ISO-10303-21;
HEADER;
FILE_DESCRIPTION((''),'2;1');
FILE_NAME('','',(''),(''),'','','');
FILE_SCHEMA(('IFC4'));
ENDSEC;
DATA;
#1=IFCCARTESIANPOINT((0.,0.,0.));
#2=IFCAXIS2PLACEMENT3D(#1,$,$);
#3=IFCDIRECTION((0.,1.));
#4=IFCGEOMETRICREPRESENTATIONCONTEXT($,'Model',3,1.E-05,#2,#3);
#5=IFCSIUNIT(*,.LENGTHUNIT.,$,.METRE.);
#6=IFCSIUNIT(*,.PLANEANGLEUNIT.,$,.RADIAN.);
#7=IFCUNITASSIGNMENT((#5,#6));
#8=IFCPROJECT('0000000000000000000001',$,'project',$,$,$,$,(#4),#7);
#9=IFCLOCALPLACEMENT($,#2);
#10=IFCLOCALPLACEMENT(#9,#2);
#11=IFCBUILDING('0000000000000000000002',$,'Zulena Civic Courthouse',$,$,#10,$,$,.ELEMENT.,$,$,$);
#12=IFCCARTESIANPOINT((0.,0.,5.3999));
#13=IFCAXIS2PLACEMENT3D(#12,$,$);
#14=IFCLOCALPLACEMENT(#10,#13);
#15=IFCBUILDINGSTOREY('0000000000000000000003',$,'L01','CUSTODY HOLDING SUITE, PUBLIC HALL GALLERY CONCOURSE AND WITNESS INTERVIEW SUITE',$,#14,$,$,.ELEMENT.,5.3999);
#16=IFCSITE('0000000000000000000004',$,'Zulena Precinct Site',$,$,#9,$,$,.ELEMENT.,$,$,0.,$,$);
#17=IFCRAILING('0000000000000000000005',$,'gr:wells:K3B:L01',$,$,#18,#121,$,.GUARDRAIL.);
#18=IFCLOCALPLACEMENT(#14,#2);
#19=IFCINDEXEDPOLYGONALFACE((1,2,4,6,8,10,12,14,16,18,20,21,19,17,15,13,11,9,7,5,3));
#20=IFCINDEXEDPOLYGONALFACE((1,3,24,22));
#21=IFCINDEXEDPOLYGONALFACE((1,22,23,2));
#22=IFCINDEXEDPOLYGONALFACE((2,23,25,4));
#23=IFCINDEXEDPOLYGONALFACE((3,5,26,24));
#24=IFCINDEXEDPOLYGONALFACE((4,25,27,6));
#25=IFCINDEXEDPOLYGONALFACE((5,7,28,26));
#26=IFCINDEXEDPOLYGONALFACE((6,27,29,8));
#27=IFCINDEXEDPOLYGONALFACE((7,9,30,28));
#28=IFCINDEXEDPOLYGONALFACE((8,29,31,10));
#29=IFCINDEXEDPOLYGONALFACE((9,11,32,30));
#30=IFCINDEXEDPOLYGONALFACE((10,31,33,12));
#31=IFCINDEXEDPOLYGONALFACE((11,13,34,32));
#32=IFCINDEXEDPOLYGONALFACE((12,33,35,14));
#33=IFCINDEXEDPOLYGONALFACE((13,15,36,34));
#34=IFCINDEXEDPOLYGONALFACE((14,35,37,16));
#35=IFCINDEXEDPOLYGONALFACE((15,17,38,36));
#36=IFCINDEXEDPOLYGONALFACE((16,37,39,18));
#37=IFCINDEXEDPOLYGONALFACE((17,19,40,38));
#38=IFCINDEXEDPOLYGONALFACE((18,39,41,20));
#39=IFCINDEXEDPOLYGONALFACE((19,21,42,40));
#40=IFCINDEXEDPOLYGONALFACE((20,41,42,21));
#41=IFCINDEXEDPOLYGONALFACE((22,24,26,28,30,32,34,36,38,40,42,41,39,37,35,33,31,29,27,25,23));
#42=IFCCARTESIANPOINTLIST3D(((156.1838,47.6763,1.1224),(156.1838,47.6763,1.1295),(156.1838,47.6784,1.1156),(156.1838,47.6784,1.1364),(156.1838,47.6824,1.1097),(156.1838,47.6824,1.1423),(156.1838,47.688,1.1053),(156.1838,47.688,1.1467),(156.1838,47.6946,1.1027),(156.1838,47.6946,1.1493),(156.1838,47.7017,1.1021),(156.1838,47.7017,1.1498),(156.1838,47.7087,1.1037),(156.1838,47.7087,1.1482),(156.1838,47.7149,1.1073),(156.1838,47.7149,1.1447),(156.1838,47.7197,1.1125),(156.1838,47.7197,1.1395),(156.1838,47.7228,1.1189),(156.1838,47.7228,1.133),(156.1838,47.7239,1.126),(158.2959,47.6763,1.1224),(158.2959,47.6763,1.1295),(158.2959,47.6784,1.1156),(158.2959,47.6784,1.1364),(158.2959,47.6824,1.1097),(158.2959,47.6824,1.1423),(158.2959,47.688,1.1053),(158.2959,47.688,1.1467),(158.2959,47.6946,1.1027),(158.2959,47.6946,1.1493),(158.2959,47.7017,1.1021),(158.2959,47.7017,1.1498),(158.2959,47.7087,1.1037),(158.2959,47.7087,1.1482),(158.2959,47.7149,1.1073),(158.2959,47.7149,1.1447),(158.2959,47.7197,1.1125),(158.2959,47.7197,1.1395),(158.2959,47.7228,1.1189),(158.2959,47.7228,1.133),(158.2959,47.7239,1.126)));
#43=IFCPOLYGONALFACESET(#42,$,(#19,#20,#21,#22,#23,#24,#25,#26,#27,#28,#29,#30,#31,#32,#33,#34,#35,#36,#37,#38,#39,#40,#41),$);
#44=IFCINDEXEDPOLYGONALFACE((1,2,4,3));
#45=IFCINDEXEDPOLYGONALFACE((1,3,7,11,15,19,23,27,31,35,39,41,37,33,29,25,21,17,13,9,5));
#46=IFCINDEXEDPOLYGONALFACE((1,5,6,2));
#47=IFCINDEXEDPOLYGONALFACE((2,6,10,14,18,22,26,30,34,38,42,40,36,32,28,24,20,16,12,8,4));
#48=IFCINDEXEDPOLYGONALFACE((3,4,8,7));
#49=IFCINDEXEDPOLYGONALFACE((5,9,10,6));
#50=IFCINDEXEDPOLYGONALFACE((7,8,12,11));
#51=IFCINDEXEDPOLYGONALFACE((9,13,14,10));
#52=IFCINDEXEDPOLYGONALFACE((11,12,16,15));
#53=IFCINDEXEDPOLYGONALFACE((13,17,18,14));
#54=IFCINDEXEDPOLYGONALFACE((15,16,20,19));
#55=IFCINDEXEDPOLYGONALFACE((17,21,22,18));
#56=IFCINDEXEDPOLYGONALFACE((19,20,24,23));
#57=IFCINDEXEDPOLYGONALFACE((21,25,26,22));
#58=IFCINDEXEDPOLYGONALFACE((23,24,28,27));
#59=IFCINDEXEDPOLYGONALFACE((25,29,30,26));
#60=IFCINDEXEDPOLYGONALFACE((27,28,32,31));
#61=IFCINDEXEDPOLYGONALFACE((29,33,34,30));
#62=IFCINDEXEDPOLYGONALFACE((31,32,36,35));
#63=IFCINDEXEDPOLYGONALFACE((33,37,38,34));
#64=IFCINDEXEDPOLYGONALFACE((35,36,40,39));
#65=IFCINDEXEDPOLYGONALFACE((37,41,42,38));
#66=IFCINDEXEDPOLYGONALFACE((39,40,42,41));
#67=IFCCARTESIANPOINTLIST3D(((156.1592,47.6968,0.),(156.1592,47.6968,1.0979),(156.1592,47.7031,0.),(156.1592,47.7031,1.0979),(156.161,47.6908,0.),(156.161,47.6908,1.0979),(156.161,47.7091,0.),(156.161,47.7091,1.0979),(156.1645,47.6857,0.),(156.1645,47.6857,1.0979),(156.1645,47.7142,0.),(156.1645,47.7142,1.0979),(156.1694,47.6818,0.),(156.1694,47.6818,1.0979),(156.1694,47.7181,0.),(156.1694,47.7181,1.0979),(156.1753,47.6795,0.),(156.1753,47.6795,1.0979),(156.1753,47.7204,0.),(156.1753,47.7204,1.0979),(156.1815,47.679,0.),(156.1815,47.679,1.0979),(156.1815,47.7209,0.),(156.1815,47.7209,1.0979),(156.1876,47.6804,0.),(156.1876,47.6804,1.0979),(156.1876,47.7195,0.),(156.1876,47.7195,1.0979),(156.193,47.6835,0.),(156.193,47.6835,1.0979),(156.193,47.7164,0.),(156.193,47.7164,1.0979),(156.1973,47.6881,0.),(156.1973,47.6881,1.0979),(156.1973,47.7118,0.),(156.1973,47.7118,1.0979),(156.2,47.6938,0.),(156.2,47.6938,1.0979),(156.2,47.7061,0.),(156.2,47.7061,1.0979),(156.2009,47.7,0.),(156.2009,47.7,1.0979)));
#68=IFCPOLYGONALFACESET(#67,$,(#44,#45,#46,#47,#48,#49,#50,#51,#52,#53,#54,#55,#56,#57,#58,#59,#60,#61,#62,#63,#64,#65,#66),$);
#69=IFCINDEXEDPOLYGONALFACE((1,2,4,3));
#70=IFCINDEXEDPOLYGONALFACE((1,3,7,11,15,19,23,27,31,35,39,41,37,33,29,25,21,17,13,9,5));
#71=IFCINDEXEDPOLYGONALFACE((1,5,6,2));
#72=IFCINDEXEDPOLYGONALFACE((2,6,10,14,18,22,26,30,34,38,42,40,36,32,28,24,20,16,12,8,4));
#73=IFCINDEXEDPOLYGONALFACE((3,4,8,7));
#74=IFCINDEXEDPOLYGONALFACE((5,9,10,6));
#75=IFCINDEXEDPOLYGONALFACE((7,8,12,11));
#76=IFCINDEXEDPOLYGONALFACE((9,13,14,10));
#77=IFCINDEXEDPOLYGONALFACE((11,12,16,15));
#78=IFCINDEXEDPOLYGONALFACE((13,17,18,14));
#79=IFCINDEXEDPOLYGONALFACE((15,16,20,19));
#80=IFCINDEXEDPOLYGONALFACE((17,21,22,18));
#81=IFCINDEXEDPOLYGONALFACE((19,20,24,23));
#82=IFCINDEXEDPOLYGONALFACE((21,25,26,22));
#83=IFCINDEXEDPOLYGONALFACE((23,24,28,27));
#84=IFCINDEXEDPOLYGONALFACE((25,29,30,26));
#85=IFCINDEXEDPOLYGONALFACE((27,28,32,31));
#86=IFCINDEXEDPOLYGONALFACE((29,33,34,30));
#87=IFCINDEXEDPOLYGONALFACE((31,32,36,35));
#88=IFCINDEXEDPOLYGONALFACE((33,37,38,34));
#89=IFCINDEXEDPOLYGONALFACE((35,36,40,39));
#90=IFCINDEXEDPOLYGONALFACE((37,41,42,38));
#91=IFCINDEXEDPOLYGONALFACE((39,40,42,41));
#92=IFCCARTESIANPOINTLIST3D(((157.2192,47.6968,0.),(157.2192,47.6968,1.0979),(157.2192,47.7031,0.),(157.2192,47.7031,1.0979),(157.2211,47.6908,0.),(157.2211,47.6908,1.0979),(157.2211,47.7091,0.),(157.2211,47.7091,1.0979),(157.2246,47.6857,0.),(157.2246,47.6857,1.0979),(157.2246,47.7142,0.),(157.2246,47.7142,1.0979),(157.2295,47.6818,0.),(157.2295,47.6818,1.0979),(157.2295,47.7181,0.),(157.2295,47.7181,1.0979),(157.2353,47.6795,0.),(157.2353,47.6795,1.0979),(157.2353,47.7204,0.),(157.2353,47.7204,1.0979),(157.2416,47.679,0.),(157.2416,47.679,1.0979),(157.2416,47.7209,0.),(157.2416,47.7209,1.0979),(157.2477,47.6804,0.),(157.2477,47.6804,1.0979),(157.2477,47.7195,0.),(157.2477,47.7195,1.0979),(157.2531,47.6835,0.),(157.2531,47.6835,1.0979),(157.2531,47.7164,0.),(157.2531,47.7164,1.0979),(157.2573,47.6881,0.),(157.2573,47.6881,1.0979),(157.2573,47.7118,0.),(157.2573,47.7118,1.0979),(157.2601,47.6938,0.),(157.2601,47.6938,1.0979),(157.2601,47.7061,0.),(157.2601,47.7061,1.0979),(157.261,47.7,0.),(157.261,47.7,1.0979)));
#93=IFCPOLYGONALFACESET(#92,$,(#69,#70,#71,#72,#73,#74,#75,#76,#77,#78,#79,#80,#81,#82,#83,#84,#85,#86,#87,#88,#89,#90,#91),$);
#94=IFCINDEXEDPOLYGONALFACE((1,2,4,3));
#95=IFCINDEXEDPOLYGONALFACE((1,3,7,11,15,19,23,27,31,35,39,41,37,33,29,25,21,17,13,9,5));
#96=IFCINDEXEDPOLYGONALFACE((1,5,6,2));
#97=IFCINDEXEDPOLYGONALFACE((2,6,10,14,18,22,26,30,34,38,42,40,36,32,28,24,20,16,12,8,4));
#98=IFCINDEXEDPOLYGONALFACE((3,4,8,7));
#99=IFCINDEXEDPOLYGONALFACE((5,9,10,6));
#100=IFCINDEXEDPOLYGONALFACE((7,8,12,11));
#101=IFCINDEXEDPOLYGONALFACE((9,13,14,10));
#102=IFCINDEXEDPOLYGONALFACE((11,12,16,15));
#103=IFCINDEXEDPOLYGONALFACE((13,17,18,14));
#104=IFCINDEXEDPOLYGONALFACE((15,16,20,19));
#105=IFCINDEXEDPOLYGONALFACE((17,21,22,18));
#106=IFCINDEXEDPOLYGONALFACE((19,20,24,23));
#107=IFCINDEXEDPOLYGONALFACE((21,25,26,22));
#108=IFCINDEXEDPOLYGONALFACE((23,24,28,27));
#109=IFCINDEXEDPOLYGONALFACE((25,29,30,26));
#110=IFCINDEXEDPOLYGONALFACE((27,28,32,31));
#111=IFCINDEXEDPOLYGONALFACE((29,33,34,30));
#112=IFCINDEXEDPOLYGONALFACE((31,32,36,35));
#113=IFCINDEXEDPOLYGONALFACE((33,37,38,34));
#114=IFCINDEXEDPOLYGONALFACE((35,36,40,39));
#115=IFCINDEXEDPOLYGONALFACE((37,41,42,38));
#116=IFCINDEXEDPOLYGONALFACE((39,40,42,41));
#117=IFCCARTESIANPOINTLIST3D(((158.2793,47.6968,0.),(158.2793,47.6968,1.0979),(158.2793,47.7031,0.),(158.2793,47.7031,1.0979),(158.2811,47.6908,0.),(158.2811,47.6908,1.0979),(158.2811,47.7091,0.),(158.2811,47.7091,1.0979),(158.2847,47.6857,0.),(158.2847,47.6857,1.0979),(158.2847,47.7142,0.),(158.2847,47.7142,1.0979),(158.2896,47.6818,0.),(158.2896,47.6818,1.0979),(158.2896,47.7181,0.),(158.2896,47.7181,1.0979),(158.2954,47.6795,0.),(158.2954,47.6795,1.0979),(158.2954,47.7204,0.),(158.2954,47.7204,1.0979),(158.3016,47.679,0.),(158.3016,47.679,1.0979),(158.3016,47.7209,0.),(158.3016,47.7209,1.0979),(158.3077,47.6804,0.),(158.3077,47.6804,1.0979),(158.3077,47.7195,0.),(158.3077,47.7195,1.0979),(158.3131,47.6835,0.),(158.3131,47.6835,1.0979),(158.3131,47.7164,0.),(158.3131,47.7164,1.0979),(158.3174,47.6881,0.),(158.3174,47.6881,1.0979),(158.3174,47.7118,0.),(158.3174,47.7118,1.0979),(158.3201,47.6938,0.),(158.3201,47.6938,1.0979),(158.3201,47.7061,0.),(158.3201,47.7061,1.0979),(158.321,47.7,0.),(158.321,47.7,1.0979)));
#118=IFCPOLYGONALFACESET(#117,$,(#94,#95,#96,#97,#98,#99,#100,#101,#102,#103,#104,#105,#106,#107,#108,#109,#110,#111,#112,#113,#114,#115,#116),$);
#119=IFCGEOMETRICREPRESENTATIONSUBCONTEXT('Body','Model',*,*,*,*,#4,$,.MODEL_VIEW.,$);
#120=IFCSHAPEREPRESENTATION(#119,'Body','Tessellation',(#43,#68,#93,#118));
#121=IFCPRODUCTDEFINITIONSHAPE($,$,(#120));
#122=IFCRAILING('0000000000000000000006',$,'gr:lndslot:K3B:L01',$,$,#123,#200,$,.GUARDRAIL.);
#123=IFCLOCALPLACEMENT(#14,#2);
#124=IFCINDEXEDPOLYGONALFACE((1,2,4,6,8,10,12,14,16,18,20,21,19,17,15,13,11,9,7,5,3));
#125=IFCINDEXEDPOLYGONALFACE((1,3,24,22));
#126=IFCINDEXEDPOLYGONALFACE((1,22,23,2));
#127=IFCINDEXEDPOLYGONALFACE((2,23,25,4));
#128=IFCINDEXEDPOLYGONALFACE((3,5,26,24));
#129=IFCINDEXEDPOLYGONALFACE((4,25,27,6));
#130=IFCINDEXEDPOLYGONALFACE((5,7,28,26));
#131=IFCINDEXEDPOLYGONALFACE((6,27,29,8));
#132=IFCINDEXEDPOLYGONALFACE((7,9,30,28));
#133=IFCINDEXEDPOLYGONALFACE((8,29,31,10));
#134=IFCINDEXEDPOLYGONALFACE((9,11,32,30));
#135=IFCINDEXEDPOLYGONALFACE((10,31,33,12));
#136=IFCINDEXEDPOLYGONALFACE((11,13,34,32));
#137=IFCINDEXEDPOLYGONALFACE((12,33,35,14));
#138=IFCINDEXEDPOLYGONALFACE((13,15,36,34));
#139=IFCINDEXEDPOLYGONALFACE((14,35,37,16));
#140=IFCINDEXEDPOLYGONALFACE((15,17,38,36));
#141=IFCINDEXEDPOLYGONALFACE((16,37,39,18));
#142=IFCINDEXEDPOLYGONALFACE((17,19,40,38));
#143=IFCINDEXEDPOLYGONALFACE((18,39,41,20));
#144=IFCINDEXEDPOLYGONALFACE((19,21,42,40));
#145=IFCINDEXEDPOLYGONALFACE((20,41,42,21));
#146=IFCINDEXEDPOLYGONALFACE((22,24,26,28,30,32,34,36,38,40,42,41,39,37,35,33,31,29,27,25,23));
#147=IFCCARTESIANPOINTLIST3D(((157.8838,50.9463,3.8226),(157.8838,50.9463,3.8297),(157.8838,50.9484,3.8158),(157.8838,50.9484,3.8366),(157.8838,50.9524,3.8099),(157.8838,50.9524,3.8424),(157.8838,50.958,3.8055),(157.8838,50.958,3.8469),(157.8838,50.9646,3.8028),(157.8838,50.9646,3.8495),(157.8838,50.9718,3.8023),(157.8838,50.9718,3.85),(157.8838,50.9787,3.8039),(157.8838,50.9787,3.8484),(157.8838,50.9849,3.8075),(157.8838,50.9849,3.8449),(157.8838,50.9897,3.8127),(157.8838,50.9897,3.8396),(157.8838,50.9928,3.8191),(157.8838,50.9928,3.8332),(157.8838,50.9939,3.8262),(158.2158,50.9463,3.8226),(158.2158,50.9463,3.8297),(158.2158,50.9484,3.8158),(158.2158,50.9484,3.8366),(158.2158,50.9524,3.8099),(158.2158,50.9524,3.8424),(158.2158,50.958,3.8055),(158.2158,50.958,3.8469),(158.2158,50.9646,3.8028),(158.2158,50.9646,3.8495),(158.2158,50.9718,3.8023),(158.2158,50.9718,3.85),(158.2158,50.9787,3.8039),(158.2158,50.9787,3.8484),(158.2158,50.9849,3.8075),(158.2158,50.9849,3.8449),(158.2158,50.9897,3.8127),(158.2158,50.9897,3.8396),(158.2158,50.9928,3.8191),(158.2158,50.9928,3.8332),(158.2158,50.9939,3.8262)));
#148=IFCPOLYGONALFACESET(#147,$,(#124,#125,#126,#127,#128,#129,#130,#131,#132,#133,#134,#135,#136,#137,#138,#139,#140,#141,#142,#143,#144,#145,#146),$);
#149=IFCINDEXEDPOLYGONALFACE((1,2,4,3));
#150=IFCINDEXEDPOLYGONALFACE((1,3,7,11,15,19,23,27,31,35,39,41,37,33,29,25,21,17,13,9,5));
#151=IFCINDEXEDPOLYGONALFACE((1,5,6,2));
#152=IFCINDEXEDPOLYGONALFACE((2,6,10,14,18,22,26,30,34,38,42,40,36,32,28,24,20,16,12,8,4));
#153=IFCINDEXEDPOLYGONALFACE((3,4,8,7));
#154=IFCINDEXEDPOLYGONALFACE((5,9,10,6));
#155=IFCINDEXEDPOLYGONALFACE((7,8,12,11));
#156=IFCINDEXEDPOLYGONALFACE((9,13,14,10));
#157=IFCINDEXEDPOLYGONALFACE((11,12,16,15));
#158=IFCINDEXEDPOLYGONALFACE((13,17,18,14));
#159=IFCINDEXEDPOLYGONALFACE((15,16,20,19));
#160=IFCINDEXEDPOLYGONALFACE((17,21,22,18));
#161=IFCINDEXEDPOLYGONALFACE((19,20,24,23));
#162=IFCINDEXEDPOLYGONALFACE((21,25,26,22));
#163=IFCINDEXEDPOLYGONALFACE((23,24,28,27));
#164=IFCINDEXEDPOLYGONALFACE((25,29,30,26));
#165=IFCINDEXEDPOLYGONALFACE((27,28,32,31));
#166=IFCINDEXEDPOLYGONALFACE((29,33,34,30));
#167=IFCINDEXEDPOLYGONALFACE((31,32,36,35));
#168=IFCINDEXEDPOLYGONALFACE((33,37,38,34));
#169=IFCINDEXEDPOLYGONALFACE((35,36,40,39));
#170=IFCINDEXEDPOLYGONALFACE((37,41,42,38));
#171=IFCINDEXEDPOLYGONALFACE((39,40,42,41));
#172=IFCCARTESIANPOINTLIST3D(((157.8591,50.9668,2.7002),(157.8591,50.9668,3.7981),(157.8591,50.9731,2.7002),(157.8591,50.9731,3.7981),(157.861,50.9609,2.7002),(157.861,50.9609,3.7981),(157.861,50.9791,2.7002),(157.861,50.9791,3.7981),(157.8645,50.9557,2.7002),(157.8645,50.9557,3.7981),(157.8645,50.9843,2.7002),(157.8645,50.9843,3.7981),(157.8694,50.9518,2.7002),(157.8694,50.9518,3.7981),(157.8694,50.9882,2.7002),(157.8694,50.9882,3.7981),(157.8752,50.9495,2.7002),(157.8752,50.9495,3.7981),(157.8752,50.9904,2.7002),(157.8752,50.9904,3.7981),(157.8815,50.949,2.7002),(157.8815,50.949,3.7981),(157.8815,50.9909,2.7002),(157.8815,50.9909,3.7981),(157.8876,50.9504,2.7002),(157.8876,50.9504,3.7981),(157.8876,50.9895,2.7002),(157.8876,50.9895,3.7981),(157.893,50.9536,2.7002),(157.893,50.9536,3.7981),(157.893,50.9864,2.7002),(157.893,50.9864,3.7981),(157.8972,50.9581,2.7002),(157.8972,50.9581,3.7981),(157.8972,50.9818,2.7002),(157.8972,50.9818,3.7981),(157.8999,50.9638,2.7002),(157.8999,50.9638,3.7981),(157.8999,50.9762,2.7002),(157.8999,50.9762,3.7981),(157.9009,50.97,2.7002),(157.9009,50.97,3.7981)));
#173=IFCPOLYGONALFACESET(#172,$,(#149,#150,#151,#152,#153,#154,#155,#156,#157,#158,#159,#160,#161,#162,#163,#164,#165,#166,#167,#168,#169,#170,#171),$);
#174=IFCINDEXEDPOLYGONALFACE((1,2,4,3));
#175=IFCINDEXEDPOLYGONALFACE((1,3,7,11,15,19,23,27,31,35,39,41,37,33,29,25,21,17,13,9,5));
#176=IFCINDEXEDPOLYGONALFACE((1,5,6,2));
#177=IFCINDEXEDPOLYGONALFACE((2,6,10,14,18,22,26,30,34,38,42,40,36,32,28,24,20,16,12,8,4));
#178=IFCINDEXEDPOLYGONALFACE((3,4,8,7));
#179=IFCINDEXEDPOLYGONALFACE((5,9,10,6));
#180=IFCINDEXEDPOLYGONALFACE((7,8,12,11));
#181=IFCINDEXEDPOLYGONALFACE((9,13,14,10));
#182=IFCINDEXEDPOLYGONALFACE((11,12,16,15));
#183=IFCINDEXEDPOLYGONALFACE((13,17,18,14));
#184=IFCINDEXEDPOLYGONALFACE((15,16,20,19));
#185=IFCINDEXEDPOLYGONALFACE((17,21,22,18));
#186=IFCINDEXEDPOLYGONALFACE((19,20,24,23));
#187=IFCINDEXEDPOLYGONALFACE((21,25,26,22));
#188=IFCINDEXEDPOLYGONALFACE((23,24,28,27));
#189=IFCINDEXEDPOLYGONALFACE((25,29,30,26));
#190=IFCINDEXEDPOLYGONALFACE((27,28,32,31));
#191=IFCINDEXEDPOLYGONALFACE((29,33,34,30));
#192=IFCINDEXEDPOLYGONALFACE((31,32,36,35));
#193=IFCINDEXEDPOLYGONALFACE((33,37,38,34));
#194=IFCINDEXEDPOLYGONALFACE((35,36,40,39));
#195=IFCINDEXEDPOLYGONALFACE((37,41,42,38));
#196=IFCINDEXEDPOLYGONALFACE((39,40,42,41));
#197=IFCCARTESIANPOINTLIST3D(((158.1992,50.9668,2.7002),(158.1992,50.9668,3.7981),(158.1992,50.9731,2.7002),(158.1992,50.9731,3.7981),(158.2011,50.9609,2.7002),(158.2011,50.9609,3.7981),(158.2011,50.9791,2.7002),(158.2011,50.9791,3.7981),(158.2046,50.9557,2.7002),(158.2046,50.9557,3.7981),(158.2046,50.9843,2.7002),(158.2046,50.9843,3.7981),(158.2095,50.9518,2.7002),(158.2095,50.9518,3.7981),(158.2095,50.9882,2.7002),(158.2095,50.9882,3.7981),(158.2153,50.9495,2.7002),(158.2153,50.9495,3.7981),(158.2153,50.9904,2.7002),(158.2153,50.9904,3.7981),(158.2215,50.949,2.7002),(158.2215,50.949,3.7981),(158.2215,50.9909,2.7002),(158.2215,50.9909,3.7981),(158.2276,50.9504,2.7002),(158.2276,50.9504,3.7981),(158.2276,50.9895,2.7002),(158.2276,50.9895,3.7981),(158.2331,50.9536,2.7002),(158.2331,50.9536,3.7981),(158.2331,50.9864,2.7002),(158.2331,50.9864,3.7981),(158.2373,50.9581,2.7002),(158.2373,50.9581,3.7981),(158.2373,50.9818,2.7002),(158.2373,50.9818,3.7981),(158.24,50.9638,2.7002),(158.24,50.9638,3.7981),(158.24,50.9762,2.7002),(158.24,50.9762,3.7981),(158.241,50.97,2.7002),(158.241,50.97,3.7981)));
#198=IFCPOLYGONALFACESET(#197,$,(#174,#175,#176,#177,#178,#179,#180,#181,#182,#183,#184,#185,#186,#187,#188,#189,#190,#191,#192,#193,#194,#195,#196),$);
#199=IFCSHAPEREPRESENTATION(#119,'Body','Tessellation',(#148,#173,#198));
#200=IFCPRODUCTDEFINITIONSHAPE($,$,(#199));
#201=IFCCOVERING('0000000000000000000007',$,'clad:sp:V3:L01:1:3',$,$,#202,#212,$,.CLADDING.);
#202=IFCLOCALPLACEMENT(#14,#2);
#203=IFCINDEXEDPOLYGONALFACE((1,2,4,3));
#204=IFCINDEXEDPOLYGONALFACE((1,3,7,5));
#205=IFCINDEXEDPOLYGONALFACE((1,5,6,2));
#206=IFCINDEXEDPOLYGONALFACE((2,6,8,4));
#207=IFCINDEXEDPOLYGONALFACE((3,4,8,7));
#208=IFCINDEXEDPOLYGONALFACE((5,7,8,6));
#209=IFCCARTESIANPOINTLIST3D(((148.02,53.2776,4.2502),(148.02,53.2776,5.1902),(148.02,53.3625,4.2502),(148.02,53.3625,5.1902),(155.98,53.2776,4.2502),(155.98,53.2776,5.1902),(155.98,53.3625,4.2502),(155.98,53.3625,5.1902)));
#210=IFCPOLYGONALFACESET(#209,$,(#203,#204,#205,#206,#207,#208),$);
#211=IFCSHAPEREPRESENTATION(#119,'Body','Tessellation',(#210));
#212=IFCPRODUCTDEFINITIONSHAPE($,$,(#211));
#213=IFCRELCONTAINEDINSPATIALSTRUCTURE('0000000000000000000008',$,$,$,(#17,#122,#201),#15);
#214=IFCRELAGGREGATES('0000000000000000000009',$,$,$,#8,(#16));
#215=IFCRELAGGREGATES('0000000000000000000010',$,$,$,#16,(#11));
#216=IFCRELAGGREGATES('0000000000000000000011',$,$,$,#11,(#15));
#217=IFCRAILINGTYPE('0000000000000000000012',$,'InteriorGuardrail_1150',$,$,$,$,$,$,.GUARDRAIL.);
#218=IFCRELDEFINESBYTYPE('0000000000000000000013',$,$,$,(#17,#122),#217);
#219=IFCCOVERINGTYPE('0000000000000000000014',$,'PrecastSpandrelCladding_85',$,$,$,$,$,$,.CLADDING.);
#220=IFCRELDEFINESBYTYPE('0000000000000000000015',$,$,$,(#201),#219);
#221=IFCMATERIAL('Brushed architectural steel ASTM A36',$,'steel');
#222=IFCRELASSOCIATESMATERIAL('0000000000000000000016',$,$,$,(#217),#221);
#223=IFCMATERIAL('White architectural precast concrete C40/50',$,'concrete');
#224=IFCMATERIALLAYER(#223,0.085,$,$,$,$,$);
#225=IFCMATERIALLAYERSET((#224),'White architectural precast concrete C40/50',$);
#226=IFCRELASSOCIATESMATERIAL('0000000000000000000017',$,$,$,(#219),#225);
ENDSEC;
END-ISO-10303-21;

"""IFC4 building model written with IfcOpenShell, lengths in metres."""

from ifc_helpers import new_model, si_unit, direction, frame, origin, origin_2d, place, context, subcontext, project, spatial, rectangle, circle, extrude, material, layer, layer_set, type_object, element, save


model = new_model("IFC4")

# Units and contexts
model_context = context("Model", 3, precision=1e-05, world=origin(), true_north=direction((0.0, 1.0)))
body_context = subcontext(model_context, "Body", "Model", "MODEL_VIEW")
ifc_project = project(units=[si_unit("LENGTHUNIT", "METRE"), si_unit("PLANEANGLEUNIT", "RADIAN")], contexts=[model_context])

# Site, building, storey
site_placement = place(None, origin())
site = spatial("IfcSite", under=ifc_project, at=site_placement, Name="Zulena Precinct Site", CompositionType="ELEMENT", RefElevation=0.0)
building_placement = place(site_placement, origin())
building = spatial("IfcBuilding", under=site, at=building_placement, Name="Zulena Civic Courthouse", CompositionType="ELEMENT")
storey_placement = place(building_placement, frame((0.0, 0.0, 5.3999)))
storey = spatial("IfcBuildingStorey", under=building, at=storey_placement, Name="L01", Description="CUSTODY HOLDING SUITE, PUBLIC HALL GALLERY CONCOURSE AND WITNESS INTERVIEW SUITE", CompositionType="ELEMENT", Elevation=5.3999)

# Railings
ifc_material_1 = material(Name="Brushed architectural steel ASTM A36", Category="steel")
railing_type_1 = type_object("IfcRailingType", Name="InteriorGuardrail_1150", PredefinedType="GUARDRAIL", material=ifc_material_1)
railing_1_placement = place(storey_placement, frame((156.1799, 47.7, 0.0)))
element("IfcRailing", 1, at=railing_1_placement, inside=storey, type_object=railing_type_1, Name="gr:wells:K3B:L01", PredefinedType="GUARDRAIL", context=body_context, shape_type="SweptSolid", body=[
    extrude(circle(Radius=0.0239, at=origin_2d()), frame((0.0039, 0.0, 1.126), z_axis=(1.0, 0.0, 0.0), x_axis=(0.0, 1.0, 0.0)), (0.0, 0.0, 1.0), 2.1121),
    extrude(circle(Radius=0.021, at=origin_2d()), origin(), (0.0, 0.0, 1.0), 1.0979),
    extrude(circle(Radius=0.021, at=origin_2d()), frame((1.0601, 0.0, 0.0)), (0.0, 0.0, 1.0), 1.0979),
    extrude(circle(Radius=0.021, at=origin_2d()), frame((2.1201, 0.0, 0.0)), (0.0, 0.0, 1.0), 1.0979),
])
railing_2_placement = place(storey_placement, frame((157.8799, 50.97, 2.7002)))
element("IfcRailing", 2, at=railing_2_placement, inside=storey, type_object=railing_type_1, Name="gr:lndslot:K3B:L01", PredefinedType="GUARDRAIL", context=body_context, shape_type="SweptSolid", body=[
    extrude(circle(Radius=0.0239, at=origin_2d()), frame((0.0039, 0.0, 1.126), z_axis=(1.0, 0.0, 0.0), x_axis=(0.0, 1.0, 0.0)), (0.0, 0.0, 1.0), 0.332),
    extrude(circle(Radius=0.021, at=origin_2d()), origin(), (0.0, 0.0, 1.0), 1.0979),
    extrude(circle(Radius=0.021, at=origin_2d()), frame((0.3401, 0.0, 0.0)), (0.0, 0.0, 1.0), 1.0979),
])

# Covering
ifc_material_2 = material(Name="White architectural precast concrete C40/50", Category="concrete")
ifc_layer_1 = layer(ifc_material_2, 0.085)
ifc_layer_set_1 = layer_set([ifc_layer_1], Name="White architectural precast concrete C40/50")
covering_type = type_object("IfcCoveringType", Name="PrecastSpandrelCladding_85", PredefinedType="CLADDING", material=ifc_layer_set_1)
covering_placement = place(storey_placement, frame((152.0, 53.3201, 4.2502), z_axis=(0.0, 0.0, 1.0), x_axis=(1.0, 0.0, 0.0)))
element("IfcCovering", 3, at=covering_placement, inside=storey, type_object=covering_type, Name="clad:sp:V3:L01:1:3", PredefinedType="CLADDING", context=body_context, shape_type="SweptSolid", body=[
    extrude(rectangle(XDim=7.96, YDim=0.085, at=origin_2d()), origin(), (0.0, 0.0, 1.0), 0.9399),
])

save(model, "model.ifc")
